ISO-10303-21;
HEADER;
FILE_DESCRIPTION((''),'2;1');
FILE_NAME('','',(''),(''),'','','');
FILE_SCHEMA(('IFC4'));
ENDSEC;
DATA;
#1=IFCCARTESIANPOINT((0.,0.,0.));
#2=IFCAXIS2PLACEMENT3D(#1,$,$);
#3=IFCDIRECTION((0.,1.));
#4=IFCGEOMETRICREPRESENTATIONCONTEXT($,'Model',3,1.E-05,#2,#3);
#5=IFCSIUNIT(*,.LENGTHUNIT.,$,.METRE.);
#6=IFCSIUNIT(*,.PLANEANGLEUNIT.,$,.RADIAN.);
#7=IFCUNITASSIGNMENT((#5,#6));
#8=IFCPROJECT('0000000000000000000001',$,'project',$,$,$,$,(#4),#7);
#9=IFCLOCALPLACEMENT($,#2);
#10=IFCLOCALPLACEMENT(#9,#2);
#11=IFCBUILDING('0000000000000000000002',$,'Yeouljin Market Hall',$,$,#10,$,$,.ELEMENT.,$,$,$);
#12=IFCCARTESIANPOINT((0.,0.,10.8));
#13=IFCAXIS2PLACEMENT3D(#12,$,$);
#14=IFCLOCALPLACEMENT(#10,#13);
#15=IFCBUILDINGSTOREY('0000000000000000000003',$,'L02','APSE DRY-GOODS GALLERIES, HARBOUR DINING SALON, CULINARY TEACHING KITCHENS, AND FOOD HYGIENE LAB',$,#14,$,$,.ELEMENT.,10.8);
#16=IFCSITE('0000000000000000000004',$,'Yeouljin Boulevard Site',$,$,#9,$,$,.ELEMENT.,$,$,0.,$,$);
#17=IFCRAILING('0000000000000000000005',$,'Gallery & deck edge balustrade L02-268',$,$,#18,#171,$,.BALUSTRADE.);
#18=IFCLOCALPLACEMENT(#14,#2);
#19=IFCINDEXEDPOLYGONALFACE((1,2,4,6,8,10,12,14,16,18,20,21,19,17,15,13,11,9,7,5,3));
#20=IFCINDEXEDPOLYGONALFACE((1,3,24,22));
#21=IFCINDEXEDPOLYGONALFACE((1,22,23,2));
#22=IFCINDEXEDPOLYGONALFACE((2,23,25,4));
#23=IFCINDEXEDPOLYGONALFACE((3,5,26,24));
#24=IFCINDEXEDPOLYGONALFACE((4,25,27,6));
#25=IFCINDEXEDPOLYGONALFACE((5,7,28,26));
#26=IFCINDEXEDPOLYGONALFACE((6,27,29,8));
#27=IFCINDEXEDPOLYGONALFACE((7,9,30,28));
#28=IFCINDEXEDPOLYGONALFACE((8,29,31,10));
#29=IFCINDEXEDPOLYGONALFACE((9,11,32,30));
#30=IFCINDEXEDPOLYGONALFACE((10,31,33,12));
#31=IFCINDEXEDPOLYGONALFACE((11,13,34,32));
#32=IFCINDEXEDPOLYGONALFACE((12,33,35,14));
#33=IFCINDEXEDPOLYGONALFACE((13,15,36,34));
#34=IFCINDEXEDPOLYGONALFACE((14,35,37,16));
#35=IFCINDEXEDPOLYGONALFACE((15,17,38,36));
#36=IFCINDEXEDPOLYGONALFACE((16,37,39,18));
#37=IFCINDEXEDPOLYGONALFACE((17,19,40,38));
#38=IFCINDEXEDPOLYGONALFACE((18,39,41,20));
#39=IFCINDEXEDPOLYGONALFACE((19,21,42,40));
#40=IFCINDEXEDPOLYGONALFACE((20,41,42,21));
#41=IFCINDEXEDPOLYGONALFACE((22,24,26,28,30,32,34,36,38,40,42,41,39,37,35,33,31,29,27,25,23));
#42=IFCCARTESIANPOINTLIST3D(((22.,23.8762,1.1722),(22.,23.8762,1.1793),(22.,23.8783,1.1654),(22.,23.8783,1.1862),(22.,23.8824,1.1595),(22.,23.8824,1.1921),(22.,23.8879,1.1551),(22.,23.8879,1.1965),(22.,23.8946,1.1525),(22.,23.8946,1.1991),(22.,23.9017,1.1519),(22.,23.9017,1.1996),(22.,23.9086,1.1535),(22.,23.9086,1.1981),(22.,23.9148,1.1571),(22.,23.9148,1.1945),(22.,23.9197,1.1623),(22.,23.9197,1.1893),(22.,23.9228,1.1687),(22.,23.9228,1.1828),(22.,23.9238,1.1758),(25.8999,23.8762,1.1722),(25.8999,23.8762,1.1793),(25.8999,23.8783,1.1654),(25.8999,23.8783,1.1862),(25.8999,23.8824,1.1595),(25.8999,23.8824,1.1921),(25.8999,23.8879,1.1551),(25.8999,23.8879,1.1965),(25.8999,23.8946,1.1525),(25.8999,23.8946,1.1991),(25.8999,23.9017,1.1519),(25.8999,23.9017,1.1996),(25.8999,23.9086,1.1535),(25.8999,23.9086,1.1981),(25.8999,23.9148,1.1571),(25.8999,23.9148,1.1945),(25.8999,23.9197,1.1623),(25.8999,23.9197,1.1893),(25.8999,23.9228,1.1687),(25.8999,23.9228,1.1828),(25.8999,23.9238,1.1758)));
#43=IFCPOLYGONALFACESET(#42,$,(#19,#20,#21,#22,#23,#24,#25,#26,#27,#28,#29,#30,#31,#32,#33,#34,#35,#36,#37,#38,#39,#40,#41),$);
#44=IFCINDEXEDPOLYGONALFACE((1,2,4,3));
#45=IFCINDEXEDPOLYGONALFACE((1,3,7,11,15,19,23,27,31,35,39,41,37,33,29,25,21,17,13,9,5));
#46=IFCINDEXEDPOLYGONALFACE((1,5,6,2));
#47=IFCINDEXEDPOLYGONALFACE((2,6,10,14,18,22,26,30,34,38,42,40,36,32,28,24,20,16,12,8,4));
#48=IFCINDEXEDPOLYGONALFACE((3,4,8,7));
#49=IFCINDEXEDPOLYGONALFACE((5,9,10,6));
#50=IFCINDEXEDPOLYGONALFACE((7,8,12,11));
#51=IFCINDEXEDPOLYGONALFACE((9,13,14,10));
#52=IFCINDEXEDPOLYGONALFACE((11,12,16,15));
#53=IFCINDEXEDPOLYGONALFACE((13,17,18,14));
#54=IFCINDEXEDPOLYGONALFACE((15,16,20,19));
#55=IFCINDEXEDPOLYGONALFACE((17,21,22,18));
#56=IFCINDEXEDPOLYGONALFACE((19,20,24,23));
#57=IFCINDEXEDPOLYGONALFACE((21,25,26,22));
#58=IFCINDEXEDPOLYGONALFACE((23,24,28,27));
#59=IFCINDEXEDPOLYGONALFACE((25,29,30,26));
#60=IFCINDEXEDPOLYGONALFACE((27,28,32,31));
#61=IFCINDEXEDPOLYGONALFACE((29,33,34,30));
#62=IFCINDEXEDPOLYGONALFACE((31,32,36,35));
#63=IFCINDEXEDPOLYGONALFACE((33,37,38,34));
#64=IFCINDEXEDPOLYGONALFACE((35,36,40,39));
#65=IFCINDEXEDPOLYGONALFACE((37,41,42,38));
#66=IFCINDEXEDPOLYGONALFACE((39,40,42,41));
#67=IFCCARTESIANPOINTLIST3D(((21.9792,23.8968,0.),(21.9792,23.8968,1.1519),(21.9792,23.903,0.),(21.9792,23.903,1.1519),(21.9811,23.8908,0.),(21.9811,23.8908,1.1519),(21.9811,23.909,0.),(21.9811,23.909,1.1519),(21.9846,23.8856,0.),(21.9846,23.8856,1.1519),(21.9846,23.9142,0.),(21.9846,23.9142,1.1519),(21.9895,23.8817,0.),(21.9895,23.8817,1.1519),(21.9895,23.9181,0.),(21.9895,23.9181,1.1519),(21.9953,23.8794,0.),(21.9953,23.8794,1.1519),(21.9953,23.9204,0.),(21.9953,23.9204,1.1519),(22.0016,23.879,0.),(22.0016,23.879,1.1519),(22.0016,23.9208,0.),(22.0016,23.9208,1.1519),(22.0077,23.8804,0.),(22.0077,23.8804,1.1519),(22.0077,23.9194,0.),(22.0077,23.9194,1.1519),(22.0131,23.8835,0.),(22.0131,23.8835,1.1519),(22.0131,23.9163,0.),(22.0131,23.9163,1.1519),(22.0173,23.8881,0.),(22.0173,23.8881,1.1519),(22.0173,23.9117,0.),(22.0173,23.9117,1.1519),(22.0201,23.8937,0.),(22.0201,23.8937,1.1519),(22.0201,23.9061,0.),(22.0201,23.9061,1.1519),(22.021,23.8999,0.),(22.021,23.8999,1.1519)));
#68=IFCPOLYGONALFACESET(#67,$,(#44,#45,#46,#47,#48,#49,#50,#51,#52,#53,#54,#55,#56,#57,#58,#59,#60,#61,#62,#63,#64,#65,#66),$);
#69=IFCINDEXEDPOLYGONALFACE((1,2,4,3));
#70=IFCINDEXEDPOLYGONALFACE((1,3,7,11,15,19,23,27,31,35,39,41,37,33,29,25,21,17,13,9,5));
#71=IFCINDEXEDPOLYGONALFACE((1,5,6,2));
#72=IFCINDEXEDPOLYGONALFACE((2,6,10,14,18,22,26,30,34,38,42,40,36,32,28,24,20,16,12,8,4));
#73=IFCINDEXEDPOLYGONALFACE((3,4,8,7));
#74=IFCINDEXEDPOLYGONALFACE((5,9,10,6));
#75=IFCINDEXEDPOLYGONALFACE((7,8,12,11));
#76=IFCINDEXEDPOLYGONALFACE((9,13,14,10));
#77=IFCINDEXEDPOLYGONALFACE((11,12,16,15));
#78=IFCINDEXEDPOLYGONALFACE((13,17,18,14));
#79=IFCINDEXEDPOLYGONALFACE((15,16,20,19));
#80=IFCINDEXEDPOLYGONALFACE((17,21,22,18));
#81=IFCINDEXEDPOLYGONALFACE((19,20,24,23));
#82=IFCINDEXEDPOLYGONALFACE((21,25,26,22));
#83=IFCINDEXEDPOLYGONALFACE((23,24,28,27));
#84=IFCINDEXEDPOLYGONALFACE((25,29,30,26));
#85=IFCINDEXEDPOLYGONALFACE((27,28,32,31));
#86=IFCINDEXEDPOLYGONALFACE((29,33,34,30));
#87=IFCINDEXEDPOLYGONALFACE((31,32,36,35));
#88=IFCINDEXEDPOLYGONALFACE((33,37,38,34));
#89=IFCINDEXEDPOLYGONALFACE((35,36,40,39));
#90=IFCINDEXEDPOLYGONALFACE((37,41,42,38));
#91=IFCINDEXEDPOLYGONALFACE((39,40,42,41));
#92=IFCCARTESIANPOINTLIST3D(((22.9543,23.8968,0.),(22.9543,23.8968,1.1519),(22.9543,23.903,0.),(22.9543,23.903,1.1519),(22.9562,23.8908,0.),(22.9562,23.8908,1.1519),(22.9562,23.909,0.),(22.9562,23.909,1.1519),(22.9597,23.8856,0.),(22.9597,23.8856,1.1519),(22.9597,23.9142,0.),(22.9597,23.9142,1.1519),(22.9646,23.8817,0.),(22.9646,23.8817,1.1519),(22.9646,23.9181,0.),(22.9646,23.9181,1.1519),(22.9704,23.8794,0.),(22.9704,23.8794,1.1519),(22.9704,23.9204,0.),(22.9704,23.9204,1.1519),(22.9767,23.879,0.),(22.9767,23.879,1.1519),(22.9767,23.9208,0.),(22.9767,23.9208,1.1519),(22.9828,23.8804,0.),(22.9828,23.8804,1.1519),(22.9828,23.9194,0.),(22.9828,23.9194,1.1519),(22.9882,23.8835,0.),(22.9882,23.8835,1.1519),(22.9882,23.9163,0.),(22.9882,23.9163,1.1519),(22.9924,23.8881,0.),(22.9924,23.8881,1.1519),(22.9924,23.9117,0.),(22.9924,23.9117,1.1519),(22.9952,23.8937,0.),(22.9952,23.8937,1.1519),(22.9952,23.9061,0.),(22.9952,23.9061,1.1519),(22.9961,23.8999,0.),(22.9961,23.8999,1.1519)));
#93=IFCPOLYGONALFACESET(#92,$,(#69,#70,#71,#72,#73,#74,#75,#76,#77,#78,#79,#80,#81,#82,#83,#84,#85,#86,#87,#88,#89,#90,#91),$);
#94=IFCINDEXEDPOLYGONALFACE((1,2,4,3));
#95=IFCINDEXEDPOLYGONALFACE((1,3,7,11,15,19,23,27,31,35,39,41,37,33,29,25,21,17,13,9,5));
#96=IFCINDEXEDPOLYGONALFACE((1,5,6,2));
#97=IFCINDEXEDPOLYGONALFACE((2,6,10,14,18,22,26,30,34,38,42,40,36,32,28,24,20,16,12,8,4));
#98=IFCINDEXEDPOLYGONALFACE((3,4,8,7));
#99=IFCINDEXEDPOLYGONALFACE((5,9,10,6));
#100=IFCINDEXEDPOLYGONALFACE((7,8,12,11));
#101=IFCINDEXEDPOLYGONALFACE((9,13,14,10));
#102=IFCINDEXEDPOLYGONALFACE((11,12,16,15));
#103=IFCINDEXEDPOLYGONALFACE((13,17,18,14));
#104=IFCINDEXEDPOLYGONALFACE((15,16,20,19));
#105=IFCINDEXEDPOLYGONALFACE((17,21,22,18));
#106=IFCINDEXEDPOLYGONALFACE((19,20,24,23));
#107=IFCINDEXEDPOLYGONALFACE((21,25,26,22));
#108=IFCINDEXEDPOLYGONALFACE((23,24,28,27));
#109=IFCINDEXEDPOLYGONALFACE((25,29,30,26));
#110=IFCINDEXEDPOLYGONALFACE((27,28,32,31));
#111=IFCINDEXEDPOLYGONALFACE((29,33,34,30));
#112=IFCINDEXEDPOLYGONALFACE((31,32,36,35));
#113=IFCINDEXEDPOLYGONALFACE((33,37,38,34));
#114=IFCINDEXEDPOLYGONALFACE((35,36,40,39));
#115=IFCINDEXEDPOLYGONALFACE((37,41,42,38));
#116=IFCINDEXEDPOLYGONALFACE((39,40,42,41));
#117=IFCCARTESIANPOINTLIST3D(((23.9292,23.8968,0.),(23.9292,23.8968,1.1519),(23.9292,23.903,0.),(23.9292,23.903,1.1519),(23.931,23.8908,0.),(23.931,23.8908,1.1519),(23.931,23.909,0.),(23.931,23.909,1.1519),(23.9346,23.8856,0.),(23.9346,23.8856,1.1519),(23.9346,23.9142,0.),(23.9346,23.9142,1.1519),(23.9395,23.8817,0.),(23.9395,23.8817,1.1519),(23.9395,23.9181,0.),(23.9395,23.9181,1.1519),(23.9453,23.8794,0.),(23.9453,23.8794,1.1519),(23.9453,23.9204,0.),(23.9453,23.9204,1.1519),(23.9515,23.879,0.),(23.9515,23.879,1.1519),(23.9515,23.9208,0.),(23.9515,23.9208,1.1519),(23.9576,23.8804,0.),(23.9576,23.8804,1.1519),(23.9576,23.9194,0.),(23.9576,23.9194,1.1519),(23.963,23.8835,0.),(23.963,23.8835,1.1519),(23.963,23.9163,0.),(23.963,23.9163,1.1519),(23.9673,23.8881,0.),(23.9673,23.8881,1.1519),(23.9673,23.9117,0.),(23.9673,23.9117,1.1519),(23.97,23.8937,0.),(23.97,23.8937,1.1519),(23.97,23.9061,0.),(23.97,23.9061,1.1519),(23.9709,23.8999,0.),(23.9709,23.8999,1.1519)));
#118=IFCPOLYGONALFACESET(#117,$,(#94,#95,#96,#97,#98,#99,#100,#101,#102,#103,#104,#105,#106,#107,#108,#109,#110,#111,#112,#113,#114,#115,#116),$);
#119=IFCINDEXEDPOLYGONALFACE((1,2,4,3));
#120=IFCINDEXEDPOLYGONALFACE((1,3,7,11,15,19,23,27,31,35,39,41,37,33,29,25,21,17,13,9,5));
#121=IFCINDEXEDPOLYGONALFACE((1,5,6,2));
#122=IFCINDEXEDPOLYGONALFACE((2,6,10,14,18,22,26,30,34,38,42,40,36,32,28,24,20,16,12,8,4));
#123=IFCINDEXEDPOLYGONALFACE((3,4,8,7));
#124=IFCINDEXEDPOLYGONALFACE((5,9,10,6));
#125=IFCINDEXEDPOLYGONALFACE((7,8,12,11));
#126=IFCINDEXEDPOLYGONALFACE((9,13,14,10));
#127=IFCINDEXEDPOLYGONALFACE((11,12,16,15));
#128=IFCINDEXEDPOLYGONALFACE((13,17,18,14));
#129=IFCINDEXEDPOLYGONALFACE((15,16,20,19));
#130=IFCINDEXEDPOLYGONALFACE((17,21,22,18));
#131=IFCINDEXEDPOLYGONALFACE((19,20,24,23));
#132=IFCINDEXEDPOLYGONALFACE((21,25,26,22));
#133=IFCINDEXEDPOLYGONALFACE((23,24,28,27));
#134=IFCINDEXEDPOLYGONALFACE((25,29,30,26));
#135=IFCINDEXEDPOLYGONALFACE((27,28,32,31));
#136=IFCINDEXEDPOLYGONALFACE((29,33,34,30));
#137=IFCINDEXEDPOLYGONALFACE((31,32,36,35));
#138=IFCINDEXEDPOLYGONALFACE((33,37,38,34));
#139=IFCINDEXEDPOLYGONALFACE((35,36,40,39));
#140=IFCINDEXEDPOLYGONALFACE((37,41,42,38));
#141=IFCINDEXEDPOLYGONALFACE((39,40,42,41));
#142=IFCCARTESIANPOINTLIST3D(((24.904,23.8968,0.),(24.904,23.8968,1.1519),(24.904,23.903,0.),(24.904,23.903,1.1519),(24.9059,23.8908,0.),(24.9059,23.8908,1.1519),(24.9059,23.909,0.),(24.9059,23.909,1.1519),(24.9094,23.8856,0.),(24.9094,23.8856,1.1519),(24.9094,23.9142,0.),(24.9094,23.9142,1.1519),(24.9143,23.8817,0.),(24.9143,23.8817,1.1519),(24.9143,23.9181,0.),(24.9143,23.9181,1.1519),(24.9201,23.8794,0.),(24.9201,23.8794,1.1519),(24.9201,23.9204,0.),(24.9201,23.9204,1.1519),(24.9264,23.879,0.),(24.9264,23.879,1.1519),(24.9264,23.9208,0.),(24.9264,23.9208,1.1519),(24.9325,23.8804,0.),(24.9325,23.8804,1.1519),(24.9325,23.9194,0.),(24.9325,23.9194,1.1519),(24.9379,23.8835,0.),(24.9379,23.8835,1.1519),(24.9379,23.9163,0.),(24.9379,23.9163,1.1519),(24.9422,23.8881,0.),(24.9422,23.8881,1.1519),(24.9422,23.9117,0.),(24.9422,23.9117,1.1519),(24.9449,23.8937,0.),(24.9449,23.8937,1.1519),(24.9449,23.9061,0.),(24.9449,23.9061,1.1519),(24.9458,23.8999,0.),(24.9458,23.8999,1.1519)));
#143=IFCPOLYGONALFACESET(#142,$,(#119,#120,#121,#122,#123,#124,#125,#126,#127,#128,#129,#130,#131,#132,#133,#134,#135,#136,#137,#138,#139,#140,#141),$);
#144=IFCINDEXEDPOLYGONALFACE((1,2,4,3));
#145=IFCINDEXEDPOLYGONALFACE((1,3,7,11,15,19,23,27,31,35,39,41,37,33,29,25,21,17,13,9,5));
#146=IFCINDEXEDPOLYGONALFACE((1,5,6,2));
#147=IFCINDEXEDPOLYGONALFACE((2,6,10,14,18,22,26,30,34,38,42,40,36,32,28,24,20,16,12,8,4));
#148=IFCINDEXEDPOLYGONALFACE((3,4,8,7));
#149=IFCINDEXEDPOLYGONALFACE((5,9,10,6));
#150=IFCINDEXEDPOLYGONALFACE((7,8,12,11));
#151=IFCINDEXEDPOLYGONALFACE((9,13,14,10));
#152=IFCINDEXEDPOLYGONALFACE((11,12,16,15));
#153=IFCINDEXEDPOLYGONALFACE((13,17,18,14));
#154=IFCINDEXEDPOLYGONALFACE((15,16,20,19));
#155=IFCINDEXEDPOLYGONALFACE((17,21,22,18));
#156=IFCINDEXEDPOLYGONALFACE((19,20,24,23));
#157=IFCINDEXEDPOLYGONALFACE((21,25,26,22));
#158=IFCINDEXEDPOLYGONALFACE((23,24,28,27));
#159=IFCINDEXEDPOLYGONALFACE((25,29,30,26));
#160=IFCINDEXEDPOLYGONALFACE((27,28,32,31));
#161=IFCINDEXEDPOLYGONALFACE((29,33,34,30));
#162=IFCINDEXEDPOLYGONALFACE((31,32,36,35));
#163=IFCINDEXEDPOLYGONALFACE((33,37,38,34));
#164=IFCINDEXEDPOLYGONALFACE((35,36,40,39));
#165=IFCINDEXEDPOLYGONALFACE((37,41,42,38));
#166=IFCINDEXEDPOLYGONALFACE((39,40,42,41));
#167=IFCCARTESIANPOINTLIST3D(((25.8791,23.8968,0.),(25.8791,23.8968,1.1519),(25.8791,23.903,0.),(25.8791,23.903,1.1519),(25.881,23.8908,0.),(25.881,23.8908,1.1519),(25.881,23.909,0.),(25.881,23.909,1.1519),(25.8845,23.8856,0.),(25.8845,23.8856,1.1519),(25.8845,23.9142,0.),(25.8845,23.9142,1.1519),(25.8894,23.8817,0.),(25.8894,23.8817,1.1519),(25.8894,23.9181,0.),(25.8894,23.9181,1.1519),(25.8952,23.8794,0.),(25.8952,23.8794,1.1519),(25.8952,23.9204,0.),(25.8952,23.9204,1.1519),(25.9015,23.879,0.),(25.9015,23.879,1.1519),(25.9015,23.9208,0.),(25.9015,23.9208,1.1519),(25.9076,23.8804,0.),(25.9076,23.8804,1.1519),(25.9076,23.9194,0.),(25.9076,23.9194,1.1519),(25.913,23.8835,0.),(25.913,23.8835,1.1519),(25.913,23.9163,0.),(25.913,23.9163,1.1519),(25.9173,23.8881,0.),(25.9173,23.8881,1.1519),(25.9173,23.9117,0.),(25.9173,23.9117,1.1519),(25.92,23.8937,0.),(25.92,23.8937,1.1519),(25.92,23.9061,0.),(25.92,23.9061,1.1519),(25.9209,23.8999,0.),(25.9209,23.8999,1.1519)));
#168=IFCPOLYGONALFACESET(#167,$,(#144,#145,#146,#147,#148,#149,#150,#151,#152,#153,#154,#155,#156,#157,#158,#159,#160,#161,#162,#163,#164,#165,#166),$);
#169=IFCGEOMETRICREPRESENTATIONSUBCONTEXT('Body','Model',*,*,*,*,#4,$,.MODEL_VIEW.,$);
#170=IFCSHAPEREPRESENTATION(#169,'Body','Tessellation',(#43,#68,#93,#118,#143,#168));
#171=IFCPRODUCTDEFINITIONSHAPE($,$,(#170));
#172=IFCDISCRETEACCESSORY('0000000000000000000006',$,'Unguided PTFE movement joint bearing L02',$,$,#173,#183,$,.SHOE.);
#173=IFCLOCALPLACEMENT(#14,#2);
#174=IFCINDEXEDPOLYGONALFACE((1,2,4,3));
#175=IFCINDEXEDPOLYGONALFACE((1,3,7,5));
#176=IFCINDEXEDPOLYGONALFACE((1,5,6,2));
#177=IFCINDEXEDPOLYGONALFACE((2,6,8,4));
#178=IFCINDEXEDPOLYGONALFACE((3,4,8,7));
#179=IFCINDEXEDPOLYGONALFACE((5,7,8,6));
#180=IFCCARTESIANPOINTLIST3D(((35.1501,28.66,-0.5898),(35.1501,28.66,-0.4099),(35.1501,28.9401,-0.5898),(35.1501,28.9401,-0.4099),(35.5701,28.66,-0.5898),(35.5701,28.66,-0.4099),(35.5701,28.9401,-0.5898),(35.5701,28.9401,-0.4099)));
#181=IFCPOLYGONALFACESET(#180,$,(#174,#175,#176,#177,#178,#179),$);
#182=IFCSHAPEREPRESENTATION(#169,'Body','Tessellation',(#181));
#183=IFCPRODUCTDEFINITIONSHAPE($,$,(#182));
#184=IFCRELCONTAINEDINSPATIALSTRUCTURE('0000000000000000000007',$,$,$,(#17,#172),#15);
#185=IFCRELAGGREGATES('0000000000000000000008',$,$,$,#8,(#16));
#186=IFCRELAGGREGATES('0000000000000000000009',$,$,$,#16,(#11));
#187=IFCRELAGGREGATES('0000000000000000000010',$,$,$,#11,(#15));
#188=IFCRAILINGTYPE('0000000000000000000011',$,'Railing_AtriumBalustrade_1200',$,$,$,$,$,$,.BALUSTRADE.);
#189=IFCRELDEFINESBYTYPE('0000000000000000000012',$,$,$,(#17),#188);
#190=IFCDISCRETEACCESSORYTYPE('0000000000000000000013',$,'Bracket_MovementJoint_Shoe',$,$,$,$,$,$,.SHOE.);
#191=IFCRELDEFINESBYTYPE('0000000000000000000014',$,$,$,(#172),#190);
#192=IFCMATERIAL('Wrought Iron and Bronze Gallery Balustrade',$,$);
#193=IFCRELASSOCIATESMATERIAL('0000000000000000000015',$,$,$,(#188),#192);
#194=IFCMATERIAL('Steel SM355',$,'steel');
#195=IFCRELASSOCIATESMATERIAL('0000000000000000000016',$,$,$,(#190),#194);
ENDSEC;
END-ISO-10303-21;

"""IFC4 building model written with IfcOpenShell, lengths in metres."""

from ifc_helpers import new_model, si_unit, direction, frame, origin, origin_2d, place, context, subcontext, project, spatial, rectangle, circle, extrude, material, type_object, element, save


model = new_model("IFC4")

# Units and contexts
model_context = context("Model", 3, precision=1e-05, world=origin(), true_north=direction((0.0, 1.0)))
body_context = subcontext(model_context, "Body", "Model", "MODEL_VIEW")
ifc_project = project(units=[si_unit("LENGTHUNIT", "METRE"), si_unit("PLANEANGLEUNIT", "RADIAN")], contexts=[model_context])

# Site, building, storey
site_placement = place(None, origin())
site = spatial("IfcSite", under=ifc_project, at=site_placement, Name="Yeouljin Boulevard Site", CompositionType="ELEMENT", RefElevation=0.0)
building_placement = place(site_placement, origin())
building = spatial("IfcBuilding", under=site, at=building_placement, Name="Yeouljin Market Hall", CompositionType="ELEMENT")
storey_placement = place(building_placement, frame((0.0, 0.0, 10.8)))
storey = spatial("IfcBuildingStorey", under=building, at=storey_placement, Name="L02", Description="APSE DRY-GOODS GALLERIES, HARBOUR DINING SALON, CULINARY TEACHING KITCHENS, AND FOOD HYGIENE LAB", CompositionType="ELEMENT", Elevation=10.8)

# Railing
ifc_material_1 = material(Name="Wrought Iron and Bronze Gallery Balustrade")
railing_type = type_object("IfcRailingType", Name="Railing_AtriumBalustrade_1200", PredefinedType="BALUSTRADE", material=ifc_material_1)
railing_1_placement = place(storey_placement, frame((22.0, 23.8999, 0.0)))
element("IfcRailing", 1, at=railing_1_placement, inside=storey, type_object=railing_type, Name="Gallery & deck edge balustrade L02-268", PredefinedType="BALUSTRADE", context=body_context, shape_type="SweptSolid", body=[
    extrude(circle(Radius=0.0239, at=origin_2d()), frame((0.0, 0.0, 1.1758), z_axis=(1.0, 0.0, 0.0), x_axis=(0.0, 1.0, 0.0)), (0.0, 0.0, 1.0), 3.8999),
    extrude(circle(Radius=0.021, at=origin_2d()), origin(), (0.0, 0.0, 1.0), 1.1519),
    extrude(circle(Radius=0.021, at=origin_2d()), frame((0.9751, 0.0, 0.0)), (0.0, 0.0, 1.0), 1.1519),
    extrude(circle(Radius=0.021, at=origin_2d()), frame((1.95, 0.0, 0.0)), (0.0, 0.0, 1.0), 1.1519),
    extrude(circle(Radius=0.021, at=origin_2d()), frame((2.9248, 0.0, 0.0)), (0.0, 0.0, 1.0), 1.1519),
    extrude(circle(Radius=0.021, at=origin_2d()), frame((3.8999, 0.0, 0.0)), (0.0, 0.0, 1.0), 1.1519),
])

# Discrete accessory
ifc_material_2 = material(Name="Steel SM355", Category="steel")
discrete_accessory_type = type_object("IfcDiscreteAccessoryType", Name="Bracket_MovementJoint_Shoe", PredefinedType="SHOE", material=ifc_material_2)
discrete_accessory_placement = place(storey_placement, frame((35.3601, 28.8, -0.5898), z_axis=(0.0, 0.0, 1.0), x_axis=(1.0, 0.0, 0.0)))
element("IfcDiscreteAccessory", 2, at=discrete_accessory_placement, inside=storey, type_object=discrete_accessory_type, Name="Unguided PTFE movement joint bearing L02", PredefinedType="SHOE", context=body_context, shape_type="SweptSolid", body=[
    extrude(rectangle(XDim=0.4199, YDim=0.28, at=origin_2d()), origin(), (0.0, 0.0, 1.0), 0.1799),
])

save(model, "model.ifc")
